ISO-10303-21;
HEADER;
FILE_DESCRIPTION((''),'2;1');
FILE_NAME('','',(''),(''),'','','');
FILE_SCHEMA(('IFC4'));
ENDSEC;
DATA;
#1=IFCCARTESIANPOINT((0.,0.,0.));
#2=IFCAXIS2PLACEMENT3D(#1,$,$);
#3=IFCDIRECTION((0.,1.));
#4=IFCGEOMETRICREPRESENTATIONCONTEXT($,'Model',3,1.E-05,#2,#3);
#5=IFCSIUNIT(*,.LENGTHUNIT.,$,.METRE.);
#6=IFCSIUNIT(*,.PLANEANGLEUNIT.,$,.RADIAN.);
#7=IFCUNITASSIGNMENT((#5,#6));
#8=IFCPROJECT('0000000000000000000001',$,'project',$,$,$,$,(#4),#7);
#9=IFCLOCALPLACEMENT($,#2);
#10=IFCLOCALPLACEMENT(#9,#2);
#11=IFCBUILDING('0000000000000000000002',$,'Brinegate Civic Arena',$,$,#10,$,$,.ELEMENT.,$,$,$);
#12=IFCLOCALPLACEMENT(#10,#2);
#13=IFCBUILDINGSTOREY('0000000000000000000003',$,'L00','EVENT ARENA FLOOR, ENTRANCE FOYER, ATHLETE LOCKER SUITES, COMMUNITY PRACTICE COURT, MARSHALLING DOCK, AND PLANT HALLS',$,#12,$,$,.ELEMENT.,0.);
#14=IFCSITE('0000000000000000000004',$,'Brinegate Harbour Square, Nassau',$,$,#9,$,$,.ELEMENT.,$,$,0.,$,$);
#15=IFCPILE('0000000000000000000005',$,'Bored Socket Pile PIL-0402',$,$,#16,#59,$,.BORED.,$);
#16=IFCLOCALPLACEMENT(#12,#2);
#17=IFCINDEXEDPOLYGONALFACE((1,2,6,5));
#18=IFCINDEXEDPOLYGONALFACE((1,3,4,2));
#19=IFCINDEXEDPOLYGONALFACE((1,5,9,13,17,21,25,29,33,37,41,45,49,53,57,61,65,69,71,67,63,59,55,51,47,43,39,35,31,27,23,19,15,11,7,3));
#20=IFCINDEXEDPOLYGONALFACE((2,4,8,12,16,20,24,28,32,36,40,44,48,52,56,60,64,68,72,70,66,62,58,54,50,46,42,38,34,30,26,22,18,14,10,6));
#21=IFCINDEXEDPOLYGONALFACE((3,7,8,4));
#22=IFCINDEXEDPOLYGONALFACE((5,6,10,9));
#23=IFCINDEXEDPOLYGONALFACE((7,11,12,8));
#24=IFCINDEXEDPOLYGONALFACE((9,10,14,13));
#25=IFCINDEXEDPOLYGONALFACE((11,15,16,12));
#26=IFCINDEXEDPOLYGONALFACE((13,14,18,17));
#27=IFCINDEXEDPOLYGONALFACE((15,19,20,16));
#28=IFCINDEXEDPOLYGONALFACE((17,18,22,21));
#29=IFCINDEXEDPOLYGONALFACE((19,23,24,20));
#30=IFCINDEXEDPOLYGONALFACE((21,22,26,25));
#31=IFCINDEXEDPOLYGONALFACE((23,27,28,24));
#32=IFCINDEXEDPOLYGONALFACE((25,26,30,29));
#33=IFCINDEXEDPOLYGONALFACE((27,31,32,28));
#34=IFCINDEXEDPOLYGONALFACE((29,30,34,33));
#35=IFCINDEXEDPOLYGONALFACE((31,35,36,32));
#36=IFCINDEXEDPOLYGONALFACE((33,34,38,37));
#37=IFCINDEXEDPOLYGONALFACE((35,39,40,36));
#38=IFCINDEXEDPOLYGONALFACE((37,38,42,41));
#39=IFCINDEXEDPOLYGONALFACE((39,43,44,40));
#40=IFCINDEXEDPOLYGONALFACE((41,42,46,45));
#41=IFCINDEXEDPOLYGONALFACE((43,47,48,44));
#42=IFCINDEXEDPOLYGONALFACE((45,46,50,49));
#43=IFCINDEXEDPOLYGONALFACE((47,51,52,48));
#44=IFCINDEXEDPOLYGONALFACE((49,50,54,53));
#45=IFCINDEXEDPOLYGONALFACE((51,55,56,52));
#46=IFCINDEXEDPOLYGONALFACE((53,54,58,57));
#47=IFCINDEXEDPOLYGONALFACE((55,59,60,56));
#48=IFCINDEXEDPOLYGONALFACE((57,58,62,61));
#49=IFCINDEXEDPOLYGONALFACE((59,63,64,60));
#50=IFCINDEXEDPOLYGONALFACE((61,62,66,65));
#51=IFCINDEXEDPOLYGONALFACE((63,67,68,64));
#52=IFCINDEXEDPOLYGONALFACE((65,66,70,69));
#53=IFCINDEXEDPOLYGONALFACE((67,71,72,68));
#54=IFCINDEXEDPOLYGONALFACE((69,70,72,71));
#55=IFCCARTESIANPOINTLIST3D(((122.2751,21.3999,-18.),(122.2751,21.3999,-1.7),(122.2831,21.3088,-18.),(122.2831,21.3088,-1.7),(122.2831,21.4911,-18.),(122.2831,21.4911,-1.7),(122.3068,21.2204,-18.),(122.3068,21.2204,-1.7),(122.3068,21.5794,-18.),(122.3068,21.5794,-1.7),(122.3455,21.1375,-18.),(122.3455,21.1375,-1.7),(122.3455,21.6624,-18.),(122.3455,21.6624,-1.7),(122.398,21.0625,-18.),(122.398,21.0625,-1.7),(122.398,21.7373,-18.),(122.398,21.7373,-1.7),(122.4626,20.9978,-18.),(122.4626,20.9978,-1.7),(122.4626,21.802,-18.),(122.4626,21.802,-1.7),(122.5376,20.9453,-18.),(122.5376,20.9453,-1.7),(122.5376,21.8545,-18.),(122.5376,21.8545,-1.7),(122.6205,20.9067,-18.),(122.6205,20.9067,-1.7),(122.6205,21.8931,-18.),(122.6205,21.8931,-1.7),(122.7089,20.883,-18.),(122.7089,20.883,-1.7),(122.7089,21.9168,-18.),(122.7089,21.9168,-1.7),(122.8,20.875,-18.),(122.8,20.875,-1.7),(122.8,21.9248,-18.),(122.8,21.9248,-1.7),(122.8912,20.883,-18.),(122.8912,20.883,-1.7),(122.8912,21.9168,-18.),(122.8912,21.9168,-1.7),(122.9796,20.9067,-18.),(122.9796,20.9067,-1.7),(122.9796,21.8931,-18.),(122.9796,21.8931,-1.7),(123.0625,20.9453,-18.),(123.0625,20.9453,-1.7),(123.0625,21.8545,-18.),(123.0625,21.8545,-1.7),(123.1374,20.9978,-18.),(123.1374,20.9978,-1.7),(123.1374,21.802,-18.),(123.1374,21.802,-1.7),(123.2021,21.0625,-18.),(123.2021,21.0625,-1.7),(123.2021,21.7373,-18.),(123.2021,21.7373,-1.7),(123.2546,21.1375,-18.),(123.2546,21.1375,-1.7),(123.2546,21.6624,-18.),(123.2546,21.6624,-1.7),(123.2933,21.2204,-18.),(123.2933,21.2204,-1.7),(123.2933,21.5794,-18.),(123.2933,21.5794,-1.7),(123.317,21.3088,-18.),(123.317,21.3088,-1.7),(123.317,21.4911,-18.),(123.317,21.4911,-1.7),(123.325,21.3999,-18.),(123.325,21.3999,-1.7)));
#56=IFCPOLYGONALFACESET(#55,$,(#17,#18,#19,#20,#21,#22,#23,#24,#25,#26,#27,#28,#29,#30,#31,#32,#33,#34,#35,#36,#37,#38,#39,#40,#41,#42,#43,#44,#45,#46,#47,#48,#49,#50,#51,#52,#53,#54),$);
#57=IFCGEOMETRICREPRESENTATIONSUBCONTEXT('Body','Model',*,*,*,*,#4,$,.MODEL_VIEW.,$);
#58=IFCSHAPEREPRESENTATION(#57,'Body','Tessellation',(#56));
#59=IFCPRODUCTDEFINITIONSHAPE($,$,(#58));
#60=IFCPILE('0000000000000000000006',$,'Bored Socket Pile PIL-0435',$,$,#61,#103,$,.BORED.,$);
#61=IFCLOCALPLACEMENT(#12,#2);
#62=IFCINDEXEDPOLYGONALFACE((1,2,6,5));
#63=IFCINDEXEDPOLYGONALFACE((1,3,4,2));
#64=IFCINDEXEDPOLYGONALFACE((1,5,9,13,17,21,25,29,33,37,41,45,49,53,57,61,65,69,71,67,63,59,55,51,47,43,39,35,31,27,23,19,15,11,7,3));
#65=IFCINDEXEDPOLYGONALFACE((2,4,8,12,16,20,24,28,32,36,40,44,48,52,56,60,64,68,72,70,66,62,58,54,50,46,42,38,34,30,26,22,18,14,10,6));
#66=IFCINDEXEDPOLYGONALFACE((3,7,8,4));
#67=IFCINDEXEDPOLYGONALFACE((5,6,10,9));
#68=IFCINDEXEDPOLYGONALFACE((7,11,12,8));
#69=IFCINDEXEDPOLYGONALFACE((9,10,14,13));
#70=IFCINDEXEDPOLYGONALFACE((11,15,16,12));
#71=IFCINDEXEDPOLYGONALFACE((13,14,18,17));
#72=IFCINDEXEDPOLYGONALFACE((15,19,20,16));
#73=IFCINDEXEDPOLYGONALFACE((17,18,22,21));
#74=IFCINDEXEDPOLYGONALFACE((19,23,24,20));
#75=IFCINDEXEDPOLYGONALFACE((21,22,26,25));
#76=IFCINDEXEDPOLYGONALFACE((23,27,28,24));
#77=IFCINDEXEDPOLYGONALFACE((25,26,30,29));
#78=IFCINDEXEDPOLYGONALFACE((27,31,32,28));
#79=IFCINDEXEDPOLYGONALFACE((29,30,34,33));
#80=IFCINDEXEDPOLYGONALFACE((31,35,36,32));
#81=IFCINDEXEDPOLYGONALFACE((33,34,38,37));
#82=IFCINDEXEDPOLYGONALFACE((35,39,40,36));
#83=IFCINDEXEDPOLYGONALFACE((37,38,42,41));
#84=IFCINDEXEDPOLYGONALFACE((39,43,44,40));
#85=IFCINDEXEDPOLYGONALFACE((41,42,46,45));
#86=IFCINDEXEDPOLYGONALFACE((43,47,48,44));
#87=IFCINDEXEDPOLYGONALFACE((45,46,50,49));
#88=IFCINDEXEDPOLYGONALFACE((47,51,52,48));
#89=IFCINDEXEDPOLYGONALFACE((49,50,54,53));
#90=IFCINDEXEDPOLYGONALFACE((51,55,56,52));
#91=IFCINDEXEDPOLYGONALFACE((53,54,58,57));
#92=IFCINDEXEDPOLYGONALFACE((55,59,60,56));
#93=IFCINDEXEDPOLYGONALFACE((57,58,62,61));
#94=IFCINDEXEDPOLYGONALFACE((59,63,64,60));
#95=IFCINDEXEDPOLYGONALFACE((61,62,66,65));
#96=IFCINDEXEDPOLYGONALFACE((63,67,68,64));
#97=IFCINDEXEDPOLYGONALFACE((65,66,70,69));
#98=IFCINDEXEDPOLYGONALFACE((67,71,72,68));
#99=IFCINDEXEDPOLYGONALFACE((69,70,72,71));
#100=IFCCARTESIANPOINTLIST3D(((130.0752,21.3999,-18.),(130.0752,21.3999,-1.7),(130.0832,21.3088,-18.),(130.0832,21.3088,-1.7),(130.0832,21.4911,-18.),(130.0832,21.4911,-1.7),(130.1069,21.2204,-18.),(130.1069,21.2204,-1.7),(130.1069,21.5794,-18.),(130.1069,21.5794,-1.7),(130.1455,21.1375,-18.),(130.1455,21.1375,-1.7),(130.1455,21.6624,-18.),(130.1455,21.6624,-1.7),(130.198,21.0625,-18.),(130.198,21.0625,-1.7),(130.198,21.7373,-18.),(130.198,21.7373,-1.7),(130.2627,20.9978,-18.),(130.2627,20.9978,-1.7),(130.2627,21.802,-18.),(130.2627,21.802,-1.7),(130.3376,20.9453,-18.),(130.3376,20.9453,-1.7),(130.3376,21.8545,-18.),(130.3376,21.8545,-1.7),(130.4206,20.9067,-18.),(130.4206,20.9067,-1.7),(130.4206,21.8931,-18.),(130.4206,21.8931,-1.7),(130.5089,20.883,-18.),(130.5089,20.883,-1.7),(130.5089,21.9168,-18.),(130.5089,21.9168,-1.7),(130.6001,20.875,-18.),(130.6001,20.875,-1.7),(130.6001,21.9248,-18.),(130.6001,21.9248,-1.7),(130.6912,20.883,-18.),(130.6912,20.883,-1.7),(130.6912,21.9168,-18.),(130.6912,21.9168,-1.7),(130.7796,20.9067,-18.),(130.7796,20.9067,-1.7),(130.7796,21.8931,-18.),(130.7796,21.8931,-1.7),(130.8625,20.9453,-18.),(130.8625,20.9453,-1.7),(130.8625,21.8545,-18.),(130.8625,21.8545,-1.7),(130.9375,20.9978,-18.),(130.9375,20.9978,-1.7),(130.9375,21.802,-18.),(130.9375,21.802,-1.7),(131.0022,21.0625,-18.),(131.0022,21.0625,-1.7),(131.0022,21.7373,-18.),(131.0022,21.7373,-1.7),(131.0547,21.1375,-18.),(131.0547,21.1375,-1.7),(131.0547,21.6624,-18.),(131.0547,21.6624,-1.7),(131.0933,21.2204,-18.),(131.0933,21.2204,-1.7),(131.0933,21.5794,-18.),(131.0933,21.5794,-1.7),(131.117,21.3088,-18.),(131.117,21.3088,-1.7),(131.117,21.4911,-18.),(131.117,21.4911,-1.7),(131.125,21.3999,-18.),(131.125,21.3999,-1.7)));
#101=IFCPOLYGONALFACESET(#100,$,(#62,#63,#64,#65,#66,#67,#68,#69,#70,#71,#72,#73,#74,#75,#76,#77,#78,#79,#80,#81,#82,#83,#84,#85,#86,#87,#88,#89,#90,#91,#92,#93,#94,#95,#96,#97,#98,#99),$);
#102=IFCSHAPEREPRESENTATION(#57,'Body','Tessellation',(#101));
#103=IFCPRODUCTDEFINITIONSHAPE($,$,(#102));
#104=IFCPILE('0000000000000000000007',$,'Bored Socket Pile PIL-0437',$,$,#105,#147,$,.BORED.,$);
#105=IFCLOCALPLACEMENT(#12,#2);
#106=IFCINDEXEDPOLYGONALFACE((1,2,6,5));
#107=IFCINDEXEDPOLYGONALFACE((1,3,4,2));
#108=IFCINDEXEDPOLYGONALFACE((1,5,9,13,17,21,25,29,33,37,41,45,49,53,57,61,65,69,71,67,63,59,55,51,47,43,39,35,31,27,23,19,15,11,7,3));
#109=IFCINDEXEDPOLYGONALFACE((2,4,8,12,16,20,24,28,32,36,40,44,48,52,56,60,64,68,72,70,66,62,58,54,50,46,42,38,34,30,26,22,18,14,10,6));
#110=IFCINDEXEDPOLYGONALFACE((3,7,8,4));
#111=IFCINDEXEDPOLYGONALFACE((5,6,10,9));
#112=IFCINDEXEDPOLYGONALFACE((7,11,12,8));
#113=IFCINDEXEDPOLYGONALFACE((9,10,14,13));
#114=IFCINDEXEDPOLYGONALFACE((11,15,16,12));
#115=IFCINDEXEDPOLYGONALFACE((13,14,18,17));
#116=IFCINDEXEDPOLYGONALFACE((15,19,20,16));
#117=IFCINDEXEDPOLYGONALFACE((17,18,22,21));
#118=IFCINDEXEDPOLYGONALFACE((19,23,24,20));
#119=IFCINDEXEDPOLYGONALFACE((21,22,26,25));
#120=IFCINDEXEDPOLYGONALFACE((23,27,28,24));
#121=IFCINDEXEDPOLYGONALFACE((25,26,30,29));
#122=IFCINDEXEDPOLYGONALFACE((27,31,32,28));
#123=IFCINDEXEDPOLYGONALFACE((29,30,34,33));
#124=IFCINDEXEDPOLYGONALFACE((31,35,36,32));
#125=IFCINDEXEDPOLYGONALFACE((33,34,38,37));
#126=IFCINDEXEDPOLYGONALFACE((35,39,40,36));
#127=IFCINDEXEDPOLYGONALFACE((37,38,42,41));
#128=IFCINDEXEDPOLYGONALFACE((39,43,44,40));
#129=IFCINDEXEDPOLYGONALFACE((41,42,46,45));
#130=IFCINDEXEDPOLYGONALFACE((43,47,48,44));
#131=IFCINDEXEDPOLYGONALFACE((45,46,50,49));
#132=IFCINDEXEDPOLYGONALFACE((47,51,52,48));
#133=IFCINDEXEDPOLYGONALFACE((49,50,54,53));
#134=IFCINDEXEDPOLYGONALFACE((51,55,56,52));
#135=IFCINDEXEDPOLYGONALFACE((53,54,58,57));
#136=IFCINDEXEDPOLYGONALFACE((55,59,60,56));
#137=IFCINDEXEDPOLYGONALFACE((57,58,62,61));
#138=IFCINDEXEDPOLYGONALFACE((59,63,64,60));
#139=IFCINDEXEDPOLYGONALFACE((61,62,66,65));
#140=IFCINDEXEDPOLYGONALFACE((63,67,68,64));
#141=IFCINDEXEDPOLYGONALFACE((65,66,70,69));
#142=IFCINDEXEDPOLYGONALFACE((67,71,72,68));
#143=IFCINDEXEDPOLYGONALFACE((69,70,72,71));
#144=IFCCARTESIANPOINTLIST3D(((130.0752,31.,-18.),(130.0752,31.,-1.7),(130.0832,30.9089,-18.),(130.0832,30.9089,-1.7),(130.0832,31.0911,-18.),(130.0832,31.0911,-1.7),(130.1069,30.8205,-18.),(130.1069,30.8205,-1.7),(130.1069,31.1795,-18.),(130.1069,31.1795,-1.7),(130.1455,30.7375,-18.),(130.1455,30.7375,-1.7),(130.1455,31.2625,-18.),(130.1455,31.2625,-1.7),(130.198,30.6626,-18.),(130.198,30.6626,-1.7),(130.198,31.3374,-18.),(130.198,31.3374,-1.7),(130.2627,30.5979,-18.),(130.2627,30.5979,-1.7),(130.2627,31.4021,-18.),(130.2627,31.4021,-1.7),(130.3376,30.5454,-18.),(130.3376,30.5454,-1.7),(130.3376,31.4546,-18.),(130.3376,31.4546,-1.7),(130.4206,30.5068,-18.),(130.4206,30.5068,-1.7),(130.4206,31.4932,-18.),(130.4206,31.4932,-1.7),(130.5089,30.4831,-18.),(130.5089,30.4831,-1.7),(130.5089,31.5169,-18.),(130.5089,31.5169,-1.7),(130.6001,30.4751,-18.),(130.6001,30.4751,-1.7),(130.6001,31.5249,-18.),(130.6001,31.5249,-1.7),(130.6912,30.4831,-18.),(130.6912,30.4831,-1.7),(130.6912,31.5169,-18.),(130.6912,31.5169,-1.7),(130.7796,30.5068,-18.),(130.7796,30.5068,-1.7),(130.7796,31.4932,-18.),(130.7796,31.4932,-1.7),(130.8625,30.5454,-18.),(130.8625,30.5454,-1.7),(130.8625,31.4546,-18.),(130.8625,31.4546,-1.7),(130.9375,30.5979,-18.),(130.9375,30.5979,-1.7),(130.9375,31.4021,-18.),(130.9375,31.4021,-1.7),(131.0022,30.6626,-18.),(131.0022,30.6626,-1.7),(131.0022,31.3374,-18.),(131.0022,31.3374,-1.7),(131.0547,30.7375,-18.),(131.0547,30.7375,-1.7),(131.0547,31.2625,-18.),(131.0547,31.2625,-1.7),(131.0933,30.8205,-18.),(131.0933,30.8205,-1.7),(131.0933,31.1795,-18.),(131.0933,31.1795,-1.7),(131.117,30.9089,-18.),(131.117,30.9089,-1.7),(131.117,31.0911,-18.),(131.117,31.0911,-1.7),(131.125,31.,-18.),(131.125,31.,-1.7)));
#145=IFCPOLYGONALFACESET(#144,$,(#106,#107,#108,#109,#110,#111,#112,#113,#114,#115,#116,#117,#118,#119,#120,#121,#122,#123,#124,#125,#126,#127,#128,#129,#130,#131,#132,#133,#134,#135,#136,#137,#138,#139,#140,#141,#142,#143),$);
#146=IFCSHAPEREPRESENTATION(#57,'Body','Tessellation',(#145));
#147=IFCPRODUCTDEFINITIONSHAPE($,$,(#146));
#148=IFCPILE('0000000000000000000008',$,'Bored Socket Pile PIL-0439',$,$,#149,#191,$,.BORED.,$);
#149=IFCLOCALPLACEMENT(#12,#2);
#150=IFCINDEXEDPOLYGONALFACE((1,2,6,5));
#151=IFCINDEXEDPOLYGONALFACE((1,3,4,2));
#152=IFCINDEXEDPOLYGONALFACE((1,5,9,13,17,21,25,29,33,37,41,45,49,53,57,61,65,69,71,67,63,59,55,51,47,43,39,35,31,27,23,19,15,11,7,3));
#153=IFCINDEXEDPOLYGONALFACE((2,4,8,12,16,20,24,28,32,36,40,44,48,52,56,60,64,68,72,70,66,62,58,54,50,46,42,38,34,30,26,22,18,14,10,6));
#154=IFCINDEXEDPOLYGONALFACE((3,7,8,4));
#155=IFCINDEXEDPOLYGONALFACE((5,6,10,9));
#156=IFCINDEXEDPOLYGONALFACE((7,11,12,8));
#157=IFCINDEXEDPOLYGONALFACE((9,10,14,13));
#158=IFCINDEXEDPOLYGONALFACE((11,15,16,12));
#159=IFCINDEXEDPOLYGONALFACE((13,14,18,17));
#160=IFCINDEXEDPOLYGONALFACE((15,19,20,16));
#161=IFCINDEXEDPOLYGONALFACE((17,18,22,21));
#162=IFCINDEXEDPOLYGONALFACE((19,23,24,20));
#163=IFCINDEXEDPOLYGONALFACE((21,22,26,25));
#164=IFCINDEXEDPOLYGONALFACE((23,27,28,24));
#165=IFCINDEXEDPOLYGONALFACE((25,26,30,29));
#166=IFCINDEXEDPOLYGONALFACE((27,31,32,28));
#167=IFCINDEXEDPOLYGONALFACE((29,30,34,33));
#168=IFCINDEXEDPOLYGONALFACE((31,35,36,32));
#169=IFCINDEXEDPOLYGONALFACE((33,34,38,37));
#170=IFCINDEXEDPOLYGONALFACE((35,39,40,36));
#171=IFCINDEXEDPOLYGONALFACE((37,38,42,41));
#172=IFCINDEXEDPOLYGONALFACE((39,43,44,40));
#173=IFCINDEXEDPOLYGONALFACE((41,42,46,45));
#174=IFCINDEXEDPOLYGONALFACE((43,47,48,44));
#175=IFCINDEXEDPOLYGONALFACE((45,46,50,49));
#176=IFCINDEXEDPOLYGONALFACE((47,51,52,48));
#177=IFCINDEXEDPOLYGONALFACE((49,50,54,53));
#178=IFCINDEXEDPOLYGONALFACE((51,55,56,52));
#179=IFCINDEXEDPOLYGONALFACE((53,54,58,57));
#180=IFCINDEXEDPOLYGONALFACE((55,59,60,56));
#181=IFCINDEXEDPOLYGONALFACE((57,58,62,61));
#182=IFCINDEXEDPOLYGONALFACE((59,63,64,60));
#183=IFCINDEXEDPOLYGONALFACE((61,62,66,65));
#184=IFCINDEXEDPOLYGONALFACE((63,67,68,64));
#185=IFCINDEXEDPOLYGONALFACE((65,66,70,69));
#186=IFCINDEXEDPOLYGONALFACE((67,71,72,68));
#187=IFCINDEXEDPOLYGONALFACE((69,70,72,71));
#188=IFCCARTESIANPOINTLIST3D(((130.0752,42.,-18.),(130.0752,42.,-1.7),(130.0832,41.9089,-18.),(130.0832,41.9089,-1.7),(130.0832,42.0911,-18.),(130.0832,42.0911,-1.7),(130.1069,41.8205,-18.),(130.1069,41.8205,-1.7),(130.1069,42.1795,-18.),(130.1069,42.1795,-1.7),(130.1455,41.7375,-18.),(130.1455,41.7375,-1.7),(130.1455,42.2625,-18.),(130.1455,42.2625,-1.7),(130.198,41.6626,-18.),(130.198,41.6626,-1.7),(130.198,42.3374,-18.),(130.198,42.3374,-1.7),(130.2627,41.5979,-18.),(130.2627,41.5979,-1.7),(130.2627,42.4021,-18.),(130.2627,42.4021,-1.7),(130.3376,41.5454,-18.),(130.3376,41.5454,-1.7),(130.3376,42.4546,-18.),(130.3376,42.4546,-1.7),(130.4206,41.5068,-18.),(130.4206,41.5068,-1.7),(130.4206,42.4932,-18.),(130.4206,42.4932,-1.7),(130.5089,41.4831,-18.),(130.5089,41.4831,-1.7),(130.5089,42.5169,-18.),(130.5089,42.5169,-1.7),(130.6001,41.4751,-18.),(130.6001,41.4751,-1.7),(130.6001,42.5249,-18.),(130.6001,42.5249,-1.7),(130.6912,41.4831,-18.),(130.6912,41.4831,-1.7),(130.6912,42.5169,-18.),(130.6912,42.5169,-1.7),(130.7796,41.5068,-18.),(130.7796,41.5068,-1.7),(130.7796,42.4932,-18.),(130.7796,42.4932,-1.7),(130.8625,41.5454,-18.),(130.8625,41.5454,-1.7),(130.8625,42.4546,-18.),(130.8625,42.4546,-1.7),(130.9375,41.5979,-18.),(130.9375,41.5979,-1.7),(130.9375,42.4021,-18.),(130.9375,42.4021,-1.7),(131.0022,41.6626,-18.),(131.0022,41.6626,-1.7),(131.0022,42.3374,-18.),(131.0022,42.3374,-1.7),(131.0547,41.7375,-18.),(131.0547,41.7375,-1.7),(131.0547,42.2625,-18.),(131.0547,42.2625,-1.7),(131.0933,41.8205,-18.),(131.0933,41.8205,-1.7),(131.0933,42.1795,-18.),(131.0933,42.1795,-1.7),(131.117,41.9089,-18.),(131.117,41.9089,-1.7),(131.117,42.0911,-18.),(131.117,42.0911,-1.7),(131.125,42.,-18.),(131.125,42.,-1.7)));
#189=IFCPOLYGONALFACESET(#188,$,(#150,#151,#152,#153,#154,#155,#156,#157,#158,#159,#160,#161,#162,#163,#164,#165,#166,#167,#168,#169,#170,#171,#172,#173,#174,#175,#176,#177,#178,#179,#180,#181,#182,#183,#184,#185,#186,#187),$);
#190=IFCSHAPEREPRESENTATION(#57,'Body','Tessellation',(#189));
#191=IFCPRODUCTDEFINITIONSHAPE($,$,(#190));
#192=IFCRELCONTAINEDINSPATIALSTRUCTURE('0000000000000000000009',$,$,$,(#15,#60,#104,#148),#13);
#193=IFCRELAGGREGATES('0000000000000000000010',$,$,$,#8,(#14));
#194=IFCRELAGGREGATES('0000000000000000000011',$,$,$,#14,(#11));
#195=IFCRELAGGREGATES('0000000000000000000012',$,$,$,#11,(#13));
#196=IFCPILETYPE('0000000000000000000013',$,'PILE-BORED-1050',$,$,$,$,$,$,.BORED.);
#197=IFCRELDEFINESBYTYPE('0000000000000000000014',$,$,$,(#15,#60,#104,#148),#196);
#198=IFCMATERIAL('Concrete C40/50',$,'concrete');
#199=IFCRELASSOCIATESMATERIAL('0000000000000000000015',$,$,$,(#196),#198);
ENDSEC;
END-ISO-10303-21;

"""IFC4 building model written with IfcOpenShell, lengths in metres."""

from ifc_helpers import new_model, si_unit, direction, frame, origin, origin_2d, place, context, subcontext, project, spatial, circle, extrude, material, material_profile, profile_set, type_object, element, save


model = new_model("IFC4")

# Units and contexts
model_context = context("Model", 3, precision=1e-05, world=origin(), true_north=direction((0.0, 1.0)))
body_context = subcontext(model_context, "Body", "Model", "MODEL_VIEW")
ifc_project = project(units=[si_unit("LENGTHUNIT", "METRE"), si_unit("PLANEANGLEUNIT", "RADIAN")], contexts=[model_context])

# Site, building, storey
site_placement = place(None, origin())
site = spatial("IfcSite", under=ifc_project, at=site_placement, Name="Brinegate Harbour Square, Nassau", CompositionType="ELEMENT", RefElevation=0.0)
building_placement = place(site_placement, origin())
building = spatial("IfcBuilding", under=site, at=building_placement, Name="Brinegate Civic Arena", CompositionType="ELEMENT")
storey_placement = place(building_placement, origin())
storey = spatial("IfcBuildingStorey", under=building, at=storey_placement, Name="L00", Description="EVENT ARENA FLOOR, ENTRANCE FOYER, ATHLETE LOCKER SUITES, COMMUNITY PRACTICE COURT, MARSHALLING DOCK, AND PLANT HALLS", CompositionType="ELEMENT", Elevation=0.0)

# Shared definitions
ifc_material_1 = material(Name="Concrete C40/50", Category="concrete")

# Piles
ifc_material_profile_1 = material_profile(ifc_material_1, circle(Radius=0.5249, at=origin_2d()), Name="PILED1050")
ifc_profile_set_1 = profile_set([ifc_material_profile_1], Name="Concrete C40/50")
pile_type_1 = type_object("IfcPileType", Name="PILE-BORED-1050", PredefinedType="BORED", material=ifc_profile_set_1)
for number, where, z_axis, x_axis, name in (
    (1, (122.8, 21.3999, -1.7), (0.0, 0.0, -1.0), (1.0, 0.0, 0.0), "Bored Socket Pile PIL-0402"),
    (2, (130.6001, 21.3999, -1.7), (0.0, 0.0, -1.0), (1.0, 0.0, 0.0), "Bored Socket Pile PIL-0435"),
    (3, (130.6001, 31.0, -1.7), (0.0, 0.0, -1.0), (1.0, 0.0, 0.0), "Bored Socket Pile PIL-0437"),
    (4, (130.6001, 42.0, -1.7), (0.0, 0.0, -1.0), (1.0, 0.0, 0.0), "Bored Socket Pile PIL-0439"),
):
    element("IfcPile", number, at=place(storey_placement, frame(where, z_axis=z_axis, x_axis=x_axis)), inside=storey, type_object=pile_type_1, Name=name, PredefinedType="BORED", context=body_context, shape_type="SweptSolid", body=[
        extrude(circle(Radius=0.5249, at=origin_2d()), origin(), (0.0, 0.0, 1.0), 16.3),
    ])

save(model, "model.ifc")
